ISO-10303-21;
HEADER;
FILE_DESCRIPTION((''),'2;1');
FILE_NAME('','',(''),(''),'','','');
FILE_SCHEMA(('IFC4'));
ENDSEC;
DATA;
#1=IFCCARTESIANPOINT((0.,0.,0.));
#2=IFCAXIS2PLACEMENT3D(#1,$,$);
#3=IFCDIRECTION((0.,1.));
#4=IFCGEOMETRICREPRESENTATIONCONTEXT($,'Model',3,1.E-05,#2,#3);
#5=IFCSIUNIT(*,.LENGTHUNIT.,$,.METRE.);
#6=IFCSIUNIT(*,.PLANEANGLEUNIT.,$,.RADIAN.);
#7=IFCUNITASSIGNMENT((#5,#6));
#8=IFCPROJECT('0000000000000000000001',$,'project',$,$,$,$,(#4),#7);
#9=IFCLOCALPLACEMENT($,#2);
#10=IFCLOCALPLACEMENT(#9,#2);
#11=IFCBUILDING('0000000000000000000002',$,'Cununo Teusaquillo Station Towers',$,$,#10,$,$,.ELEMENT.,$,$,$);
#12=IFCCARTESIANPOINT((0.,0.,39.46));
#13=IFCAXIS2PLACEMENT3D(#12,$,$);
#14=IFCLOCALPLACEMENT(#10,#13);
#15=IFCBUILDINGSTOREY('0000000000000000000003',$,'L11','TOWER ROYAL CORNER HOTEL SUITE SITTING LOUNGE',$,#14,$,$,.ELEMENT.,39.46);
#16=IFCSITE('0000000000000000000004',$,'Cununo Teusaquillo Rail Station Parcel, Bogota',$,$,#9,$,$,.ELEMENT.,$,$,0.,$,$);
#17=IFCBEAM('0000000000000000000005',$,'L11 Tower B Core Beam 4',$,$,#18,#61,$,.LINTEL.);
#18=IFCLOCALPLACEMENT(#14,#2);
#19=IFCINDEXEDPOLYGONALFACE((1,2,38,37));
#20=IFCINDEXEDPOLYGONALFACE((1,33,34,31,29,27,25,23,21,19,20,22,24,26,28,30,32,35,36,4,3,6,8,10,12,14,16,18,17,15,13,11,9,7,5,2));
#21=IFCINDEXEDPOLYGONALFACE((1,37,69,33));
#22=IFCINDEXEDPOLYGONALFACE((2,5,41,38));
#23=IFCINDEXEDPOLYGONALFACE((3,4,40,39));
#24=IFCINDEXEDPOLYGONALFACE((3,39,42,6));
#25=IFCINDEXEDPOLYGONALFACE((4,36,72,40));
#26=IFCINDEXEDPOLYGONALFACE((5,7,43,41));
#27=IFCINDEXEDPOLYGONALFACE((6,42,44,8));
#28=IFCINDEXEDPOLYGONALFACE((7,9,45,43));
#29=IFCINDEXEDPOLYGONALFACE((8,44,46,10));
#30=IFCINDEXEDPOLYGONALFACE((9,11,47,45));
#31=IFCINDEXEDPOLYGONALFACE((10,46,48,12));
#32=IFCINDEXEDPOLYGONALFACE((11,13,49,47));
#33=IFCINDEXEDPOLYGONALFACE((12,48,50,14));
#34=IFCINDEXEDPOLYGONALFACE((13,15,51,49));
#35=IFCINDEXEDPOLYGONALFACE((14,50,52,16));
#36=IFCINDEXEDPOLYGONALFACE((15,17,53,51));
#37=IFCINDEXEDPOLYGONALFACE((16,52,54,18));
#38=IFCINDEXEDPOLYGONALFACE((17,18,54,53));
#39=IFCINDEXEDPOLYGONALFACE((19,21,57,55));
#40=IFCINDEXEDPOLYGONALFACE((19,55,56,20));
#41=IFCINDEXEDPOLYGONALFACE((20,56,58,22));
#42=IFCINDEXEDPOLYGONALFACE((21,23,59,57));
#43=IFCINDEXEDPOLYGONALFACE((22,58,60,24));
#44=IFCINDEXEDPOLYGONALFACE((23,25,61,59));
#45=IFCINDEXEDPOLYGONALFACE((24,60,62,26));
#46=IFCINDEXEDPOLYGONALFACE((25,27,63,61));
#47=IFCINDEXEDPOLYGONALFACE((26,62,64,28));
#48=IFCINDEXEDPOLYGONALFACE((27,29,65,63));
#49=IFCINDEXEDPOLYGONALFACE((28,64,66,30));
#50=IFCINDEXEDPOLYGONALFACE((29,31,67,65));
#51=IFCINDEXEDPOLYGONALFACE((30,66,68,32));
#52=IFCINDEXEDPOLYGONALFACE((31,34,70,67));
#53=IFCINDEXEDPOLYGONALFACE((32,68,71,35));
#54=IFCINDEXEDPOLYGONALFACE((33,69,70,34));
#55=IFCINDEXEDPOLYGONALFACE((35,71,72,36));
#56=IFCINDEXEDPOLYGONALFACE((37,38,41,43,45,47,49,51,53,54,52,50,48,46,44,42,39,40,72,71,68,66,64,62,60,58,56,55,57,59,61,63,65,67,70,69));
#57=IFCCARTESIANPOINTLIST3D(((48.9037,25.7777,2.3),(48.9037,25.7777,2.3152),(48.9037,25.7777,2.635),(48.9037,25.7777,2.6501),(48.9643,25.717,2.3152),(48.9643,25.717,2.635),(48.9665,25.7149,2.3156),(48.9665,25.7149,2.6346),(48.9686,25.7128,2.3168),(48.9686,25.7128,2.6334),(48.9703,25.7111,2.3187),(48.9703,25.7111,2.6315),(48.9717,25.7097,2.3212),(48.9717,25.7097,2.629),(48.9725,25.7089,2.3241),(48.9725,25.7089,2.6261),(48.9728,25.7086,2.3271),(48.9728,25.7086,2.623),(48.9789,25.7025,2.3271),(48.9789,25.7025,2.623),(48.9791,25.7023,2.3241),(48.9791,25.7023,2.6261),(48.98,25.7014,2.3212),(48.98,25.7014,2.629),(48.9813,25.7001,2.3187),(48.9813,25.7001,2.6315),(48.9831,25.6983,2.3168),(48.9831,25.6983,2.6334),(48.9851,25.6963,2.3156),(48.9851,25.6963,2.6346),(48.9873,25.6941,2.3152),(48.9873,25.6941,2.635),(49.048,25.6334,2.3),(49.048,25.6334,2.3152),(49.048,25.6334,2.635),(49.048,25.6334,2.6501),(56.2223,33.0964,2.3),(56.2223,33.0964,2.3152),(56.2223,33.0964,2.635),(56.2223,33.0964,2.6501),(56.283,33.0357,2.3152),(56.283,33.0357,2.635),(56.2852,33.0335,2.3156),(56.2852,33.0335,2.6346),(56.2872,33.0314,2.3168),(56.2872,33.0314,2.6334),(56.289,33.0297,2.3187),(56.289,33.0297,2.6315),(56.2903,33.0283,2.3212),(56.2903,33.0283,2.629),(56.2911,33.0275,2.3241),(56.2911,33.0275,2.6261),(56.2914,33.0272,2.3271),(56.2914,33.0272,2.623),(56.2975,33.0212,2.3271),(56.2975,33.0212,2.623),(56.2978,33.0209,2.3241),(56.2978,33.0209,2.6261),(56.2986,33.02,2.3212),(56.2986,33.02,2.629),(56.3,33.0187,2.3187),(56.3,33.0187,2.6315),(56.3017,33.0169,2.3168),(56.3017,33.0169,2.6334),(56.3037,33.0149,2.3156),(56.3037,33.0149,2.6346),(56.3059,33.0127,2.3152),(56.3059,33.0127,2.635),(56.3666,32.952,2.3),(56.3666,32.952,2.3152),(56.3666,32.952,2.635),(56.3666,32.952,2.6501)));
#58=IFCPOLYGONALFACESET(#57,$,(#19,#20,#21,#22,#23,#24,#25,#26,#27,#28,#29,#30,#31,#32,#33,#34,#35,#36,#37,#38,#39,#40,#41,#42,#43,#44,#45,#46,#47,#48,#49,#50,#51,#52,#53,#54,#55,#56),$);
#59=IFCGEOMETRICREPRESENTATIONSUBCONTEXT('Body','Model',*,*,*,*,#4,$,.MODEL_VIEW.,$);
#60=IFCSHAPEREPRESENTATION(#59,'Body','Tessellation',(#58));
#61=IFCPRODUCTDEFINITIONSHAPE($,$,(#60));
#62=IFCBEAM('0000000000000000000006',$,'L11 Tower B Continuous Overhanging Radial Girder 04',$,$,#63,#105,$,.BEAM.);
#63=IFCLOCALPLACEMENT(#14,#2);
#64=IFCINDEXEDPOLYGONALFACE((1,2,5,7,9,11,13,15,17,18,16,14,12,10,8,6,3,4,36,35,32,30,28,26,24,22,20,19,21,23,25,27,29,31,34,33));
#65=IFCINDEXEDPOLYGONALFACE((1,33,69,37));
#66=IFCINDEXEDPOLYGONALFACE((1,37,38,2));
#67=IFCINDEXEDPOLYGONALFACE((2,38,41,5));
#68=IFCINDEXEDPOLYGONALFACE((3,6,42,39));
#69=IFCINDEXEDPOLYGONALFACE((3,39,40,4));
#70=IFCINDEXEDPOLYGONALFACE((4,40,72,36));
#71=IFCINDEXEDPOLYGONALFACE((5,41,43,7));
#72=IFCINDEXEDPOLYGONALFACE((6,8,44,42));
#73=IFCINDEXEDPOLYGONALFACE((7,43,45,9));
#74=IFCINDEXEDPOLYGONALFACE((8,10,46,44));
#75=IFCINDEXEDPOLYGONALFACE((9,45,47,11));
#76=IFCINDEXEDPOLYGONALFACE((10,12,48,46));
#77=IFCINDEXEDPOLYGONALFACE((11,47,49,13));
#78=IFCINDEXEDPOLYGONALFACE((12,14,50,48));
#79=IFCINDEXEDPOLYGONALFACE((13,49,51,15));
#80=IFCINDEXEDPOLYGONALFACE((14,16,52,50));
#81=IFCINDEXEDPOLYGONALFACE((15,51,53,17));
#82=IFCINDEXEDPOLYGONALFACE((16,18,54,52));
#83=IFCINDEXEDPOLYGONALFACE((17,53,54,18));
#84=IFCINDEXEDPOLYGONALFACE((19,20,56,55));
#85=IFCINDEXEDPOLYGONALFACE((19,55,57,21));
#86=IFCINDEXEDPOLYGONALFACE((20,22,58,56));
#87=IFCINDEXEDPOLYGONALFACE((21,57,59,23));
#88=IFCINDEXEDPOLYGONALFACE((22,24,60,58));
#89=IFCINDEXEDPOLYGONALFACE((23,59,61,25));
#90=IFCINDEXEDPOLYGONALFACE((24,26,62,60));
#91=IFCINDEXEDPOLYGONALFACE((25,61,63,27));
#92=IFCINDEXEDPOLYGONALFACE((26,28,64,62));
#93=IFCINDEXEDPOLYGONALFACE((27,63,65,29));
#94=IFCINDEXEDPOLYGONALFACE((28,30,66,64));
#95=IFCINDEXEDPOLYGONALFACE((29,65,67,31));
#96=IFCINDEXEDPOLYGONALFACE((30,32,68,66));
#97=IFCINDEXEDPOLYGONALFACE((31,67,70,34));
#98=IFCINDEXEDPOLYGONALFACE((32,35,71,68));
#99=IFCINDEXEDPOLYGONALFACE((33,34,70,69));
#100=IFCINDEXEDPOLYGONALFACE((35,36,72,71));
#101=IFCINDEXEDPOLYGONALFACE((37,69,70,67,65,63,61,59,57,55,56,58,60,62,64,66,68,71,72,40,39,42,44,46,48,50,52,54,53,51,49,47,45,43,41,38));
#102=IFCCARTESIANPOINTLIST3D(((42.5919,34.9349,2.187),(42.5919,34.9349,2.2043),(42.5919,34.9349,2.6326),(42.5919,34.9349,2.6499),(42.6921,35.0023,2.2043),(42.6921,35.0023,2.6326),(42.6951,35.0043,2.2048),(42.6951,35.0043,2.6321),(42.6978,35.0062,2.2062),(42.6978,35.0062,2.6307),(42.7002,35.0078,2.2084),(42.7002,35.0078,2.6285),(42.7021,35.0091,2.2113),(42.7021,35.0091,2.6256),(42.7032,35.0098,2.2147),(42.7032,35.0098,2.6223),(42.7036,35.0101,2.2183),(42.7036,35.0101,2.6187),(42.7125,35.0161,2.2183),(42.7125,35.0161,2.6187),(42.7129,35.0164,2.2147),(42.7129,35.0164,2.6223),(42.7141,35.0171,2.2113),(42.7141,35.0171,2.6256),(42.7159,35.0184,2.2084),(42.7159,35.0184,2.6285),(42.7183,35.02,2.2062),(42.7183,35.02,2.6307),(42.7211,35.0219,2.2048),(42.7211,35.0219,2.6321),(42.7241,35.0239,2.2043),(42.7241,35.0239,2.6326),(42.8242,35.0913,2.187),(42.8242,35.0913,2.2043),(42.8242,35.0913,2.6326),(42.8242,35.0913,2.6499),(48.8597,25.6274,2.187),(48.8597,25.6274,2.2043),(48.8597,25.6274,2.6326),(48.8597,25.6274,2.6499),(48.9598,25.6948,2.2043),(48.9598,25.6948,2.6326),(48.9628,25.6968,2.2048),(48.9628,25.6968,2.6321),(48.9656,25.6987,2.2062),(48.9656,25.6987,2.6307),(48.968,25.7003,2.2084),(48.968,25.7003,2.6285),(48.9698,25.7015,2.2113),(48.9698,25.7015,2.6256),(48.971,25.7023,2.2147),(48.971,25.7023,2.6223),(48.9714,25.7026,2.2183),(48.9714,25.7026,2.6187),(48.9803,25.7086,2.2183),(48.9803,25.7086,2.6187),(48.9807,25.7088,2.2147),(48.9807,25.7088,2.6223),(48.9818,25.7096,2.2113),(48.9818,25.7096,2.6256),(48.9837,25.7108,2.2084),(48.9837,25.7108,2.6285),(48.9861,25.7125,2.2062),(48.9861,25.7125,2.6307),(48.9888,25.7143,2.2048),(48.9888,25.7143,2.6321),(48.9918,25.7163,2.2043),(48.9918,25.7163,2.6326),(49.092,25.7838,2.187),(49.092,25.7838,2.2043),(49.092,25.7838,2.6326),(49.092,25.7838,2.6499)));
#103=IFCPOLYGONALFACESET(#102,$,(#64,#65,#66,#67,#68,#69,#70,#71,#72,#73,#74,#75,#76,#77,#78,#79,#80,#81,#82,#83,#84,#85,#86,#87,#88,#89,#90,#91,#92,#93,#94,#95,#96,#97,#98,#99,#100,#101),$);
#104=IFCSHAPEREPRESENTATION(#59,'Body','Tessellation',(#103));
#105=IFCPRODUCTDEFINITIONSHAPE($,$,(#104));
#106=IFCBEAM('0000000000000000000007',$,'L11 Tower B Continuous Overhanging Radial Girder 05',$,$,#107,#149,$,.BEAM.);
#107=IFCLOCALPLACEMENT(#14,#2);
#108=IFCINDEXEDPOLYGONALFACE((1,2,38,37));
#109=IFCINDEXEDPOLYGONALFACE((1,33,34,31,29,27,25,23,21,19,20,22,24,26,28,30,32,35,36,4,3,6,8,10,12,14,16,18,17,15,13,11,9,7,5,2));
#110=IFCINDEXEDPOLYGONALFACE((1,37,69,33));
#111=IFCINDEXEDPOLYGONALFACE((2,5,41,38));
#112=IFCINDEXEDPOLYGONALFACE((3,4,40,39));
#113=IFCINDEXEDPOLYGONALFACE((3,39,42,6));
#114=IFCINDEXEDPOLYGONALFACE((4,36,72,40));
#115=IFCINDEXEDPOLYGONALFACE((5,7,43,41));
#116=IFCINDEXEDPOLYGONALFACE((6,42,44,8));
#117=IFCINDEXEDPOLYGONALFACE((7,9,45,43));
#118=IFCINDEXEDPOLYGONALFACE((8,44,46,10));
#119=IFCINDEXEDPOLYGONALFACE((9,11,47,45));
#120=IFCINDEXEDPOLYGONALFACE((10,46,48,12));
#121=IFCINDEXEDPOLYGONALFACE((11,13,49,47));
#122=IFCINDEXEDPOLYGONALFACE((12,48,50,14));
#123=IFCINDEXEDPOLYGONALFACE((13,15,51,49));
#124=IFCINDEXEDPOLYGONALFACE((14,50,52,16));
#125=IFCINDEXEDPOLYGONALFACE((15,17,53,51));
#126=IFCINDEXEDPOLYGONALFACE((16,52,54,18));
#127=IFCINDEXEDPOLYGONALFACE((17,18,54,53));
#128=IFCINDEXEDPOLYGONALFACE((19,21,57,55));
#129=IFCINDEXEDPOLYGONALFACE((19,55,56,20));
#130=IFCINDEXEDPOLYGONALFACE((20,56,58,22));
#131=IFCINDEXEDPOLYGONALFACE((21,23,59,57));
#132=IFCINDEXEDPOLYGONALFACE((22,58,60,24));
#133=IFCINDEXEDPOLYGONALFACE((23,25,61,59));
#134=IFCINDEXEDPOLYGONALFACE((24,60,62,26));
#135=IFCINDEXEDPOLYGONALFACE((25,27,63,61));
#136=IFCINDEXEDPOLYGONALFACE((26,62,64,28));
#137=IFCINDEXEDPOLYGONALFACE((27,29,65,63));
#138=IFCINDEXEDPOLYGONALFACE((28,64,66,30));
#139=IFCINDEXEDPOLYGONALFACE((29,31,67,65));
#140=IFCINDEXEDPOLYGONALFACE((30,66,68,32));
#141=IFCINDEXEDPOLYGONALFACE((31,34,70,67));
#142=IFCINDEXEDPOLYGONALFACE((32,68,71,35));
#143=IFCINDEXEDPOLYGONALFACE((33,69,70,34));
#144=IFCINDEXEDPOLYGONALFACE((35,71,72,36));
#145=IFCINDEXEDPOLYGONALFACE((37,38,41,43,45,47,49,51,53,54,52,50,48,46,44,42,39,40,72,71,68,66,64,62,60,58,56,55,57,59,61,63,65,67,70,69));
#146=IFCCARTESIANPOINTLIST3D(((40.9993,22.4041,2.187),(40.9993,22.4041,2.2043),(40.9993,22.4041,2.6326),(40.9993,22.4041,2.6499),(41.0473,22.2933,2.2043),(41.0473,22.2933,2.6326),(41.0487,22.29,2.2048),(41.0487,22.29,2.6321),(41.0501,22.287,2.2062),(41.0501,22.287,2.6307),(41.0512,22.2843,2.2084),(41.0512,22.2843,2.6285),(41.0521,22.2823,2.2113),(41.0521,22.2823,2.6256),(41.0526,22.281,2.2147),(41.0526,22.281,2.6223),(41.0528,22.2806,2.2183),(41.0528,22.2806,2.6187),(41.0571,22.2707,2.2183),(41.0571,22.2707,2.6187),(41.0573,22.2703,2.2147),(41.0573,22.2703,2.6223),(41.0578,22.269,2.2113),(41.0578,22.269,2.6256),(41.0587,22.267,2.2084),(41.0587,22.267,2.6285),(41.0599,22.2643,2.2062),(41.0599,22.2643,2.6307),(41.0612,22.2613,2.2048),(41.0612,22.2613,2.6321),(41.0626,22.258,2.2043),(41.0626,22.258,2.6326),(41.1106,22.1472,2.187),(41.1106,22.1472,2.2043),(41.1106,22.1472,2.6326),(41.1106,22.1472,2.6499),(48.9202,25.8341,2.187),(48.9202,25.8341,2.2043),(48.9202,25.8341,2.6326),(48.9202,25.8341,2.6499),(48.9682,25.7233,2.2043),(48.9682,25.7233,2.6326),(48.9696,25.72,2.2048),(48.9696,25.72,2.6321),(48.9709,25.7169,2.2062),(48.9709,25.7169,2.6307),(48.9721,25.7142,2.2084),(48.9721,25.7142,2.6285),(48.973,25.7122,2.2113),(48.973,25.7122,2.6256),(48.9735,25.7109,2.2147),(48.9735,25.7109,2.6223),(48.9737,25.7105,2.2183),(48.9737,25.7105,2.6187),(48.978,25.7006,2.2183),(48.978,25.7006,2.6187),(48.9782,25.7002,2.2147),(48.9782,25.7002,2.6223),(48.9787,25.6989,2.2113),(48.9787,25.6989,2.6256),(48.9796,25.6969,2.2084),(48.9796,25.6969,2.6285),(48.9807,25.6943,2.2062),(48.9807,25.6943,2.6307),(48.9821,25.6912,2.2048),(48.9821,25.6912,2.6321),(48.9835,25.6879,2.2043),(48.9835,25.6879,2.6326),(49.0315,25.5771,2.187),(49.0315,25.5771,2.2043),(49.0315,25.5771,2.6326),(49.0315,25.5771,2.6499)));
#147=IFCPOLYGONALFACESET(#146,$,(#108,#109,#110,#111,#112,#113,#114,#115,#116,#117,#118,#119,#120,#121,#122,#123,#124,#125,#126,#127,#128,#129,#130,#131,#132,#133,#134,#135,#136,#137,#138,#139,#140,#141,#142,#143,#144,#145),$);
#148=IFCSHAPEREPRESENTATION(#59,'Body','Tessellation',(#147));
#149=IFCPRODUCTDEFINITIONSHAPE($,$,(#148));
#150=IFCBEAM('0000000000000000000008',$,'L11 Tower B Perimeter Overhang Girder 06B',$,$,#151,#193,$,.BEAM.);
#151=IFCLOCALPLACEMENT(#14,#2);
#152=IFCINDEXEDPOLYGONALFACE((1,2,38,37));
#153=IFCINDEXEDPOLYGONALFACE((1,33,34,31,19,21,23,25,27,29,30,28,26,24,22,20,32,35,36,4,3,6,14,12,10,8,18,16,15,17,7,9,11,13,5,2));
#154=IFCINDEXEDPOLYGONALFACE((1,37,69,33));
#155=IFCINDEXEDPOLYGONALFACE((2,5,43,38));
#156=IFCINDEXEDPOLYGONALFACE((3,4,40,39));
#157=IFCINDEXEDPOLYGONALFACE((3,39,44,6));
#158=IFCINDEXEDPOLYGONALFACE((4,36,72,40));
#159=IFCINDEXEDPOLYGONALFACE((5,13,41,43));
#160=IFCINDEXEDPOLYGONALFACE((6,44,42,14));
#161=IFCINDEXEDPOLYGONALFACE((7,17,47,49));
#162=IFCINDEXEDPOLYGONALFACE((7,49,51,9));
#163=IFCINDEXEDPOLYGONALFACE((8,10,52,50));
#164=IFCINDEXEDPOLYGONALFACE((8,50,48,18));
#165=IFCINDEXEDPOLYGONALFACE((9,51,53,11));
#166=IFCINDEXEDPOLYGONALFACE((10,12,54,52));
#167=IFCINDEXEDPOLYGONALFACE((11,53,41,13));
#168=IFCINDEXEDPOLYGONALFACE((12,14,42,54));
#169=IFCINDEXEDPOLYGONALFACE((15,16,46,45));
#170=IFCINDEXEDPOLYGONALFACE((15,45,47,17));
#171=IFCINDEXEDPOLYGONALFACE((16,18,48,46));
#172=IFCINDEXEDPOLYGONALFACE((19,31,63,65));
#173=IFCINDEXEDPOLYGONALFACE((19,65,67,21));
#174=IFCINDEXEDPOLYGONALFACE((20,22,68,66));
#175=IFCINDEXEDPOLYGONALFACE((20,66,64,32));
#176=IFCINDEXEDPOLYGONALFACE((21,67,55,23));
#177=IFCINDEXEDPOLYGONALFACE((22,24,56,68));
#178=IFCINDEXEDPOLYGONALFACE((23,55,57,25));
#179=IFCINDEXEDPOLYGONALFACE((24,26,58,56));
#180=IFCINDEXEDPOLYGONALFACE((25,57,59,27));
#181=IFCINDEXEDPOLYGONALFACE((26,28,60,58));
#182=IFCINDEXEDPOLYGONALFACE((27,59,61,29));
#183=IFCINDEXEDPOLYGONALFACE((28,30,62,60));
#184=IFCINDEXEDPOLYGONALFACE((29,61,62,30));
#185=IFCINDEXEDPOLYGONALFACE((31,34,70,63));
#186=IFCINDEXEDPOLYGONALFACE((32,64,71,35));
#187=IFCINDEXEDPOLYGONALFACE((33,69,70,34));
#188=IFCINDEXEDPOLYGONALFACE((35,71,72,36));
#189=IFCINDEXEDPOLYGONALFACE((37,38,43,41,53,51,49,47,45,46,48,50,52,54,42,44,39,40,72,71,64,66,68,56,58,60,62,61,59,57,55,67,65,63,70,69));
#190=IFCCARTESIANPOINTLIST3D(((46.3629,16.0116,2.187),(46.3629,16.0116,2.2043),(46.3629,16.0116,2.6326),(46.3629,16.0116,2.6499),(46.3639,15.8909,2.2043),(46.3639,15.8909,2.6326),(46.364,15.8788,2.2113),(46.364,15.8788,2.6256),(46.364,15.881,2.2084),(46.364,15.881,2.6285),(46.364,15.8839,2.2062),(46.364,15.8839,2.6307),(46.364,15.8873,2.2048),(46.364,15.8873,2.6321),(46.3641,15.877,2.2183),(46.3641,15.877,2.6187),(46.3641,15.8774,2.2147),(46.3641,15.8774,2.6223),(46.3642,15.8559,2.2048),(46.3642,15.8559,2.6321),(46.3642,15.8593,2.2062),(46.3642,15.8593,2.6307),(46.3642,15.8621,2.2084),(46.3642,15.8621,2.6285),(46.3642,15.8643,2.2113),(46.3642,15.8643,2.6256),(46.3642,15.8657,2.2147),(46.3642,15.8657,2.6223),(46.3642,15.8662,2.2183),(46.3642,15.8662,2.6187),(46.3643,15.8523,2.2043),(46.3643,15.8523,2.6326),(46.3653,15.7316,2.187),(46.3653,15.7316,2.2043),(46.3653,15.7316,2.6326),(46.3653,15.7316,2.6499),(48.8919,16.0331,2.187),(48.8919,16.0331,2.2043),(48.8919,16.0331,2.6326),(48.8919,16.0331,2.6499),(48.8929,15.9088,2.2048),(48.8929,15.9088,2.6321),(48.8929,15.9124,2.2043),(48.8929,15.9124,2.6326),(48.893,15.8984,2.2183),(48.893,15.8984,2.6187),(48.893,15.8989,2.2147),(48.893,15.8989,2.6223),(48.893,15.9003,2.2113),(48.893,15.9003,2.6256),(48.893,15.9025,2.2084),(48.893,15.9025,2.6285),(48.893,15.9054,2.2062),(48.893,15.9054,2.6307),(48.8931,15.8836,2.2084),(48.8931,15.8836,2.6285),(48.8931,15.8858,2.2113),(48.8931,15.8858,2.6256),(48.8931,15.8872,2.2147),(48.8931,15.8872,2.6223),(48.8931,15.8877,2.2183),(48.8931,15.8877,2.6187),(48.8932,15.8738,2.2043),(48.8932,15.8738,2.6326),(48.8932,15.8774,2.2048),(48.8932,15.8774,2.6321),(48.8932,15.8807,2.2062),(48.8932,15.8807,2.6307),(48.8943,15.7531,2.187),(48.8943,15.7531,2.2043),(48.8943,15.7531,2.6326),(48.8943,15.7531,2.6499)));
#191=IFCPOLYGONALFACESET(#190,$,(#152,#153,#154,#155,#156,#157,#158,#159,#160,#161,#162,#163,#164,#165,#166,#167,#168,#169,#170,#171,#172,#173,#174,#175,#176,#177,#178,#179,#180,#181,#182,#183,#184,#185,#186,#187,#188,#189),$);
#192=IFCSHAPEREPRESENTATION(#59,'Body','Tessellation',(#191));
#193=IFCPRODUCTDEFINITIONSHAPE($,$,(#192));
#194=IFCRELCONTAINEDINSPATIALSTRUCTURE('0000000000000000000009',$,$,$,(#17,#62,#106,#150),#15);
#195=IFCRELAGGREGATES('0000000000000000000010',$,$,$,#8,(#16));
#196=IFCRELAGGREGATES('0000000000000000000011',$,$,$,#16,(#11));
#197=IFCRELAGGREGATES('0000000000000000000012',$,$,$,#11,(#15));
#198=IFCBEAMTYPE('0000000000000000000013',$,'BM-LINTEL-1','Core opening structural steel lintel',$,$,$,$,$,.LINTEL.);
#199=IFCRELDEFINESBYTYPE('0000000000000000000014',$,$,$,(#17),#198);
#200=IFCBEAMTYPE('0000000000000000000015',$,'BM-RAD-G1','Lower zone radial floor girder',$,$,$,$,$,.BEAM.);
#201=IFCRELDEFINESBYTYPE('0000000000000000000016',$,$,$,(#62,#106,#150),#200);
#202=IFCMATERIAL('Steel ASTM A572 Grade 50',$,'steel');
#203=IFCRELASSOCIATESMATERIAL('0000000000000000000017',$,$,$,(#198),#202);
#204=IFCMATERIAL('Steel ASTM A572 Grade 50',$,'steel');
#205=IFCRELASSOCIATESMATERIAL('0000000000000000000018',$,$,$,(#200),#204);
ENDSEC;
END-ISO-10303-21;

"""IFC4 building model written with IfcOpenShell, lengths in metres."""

from ifc_helpers import new_model, si_unit, direction, frame, origin, origin_2d, place, context, subcontext, project, spatial, i_section, extrude, material, material_profile, profile_set, type_object, element, save


model = new_model("IFC4")

# Units and contexts
model_context = context("Model", 3, precision=1e-05, world=origin(), true_north=direction((0.0, 1.0)))
body_context = subcontext(model_context, "Body", "Model", "MODEL_VIEW")
ifc_project = project(units=[si_unit("LENGTHUNIT", "METRE"), si_unit("PLANEANGLEUNIT", "RADIAN")], contexts=[model_context])

# Site, building, storey
site_placement = place(None, origin())
site = spatial("IfcSite", under=ifc_project, at=site_placement, Name="Cununo Teusaquillo Rail Station Parcel, Bogota", CompositionType="ELEMENT", RefElevation=0.0)
building_placement = place(site_placement, origin())
building = spatial("IfcBuilding", under=site, at=building_placement, Name="Cununo Teusaquillo Station Towers", CompositionType="ELEMENT")
storey_placement = place(building_placement, frame((0.0, 0.0, 39.46)))
storey = spatial("IfcBuildingStorey", under=building, at=storey_placement, Name="L11", Description="TOWER ROYAL CORNER HOTEL SUITE SITTING LOUNGE", CompositionType="ELEMENT", Elevation=39.46)

# Beams
ifc_material_1 = material(Name="Steel ASTM A572 Grade 50", Category="steel")
ifc_material_profile_1 = material_profile(ifc_material_1, i_section(OverallWidth=0.2041, OverallDepth=0.3501, WebThickness=0.0085, FlangeThickness=0.0151, FilletRadius=0.012, at=origin_2d()), Name="W14X48")
ifc_profile_set_1 = profile_set([ifc_material_profile_1], Name="Steel ASTM A572 Grade 50")
beam_type_1 = type_object("IfcBeamType", Name="BM-LINTEL-1", Description="Core opening structural steel lintel", PredefinedType="LINTEL", material=ifc_profile_set_1)
beam_1_placement = place(storey_placement, frame((48.9758, 25.7056, 2.4751), z_axis=(0.707107, 0.707107, 0.0), x_axis=(-0.707107, 0.707107, 0.0)))
element("IfcBeam", 1, at=beam_1_placement, inside=storey, type_object=beam_type_1, Name="L11 Tower B Core Beam 4", PredefinedType="LINTEL", context=body_context, shape_type="SweptSolid", body=[
    extrude(i_section(OverallWidth=0.2041, OverallDepth=0.3501, WebThickness=0.0085, FlangeThickness=0.0151, FilletRadius=0.012, at=origin_2d()), origin(), (0.0, 0.0, 1.0), 10.3501),
])
ifc_material_2 = material(Name="Steel ASTM A572 Grade 50", Category="steel")
ifc_material_profile_2 = material_profile(ifc_material_2, i_section(OverallWidth=0.28, OverallDepth=0.4629, WebThickness=0.0107, FlangeThickness=0.0173, FilletRadius=0.0139, at=origin_2d()), Name="W18X76")
ifc_profile_set_2 = profile_set([ifc_material_profile_2], Name="Steel ASTM A572 Grade 50")
beam_type_2 = type_object("IfcBeamType", Name="BM-RAD-G1", Description="Lower zone radial floor girder", PredefinedType="BEAM", material=ifc_profile_set_2)
beam_2_placement = place(storey_placement, frame((48.9758, 25.7056, 2.4185), z_axis=(-0.558565, 0.829461, 0.0), x_axis=(-0.829461, -0.558565, 0.0)))
element("IfcBeam", 2, at=beam_2_placement, inside=storey, type_object=beam_type_2, Name="L11 Tower B Continuous Overhanging Radial Girder 04", PredefinedType="BEAM", context=body_context, shape_type="SweptSolid", body=[
    extrude(i_section(OverallWidth=0.28, OverallDepth=0.4629, WebThickness=0.0107, FlangeThickness=0.0173, FilletRadius=0.0139, at=origin_2d()), origin(), (0.0, 0.0, 1.0), 11.2212),
])
beam_3_placement = place(storey_placement, frame((48.9758, 25.7056, 2.4185), z_axis=(-0.917659, -0.397368, 0.0), x_axis=(0.397368, -0.917659, 0.0)))
element("IfcBeam", 3, at=beam_3_placement, inside=storey, type_object=beam_type_2, Name="L11 Tower B Continuous Overhanging Radial Girder 05", PredefinedType="BEAM", context=body_context, shape_type="SweptSolid", body=[
    extrude(i_section(OverallWidth=0.28, OverallDepth=0.4629, WebThickness=0.0107, FlangeThickness=0.0173, FilletRadius=0.0139, at=origin_2d()), origin(), (0.0, 0.0, 1.0), 8.6316),
])
beam_4_placement = place(storey_placement, frame((48.8931, 15.8931, 2.4185), z_axis=(-0.999964, -0.008495, 0.0), x_axis=(0.008495, -0.999964, 0.0)))
element("IfcBeam", 4, at=beam_4_placement, inside=storey, type_object=beam_type_2, Name="L11 Tower B Perimeter Overhang Girder 06B", PredefinedType="BEAM", context=body_context, shape_type="SweptSolid", body=[
    extrude(i_section(OverallWidth=0.28, OverallDepth=0.4629, WebThickness=0.0107, FlangeThickness=0.0173, FilletRadius=0.0139, at=origin_2d()), origin(), (0.0, 0.0, 1.0), 2.5291),
])

save(model, "model.ifc")
